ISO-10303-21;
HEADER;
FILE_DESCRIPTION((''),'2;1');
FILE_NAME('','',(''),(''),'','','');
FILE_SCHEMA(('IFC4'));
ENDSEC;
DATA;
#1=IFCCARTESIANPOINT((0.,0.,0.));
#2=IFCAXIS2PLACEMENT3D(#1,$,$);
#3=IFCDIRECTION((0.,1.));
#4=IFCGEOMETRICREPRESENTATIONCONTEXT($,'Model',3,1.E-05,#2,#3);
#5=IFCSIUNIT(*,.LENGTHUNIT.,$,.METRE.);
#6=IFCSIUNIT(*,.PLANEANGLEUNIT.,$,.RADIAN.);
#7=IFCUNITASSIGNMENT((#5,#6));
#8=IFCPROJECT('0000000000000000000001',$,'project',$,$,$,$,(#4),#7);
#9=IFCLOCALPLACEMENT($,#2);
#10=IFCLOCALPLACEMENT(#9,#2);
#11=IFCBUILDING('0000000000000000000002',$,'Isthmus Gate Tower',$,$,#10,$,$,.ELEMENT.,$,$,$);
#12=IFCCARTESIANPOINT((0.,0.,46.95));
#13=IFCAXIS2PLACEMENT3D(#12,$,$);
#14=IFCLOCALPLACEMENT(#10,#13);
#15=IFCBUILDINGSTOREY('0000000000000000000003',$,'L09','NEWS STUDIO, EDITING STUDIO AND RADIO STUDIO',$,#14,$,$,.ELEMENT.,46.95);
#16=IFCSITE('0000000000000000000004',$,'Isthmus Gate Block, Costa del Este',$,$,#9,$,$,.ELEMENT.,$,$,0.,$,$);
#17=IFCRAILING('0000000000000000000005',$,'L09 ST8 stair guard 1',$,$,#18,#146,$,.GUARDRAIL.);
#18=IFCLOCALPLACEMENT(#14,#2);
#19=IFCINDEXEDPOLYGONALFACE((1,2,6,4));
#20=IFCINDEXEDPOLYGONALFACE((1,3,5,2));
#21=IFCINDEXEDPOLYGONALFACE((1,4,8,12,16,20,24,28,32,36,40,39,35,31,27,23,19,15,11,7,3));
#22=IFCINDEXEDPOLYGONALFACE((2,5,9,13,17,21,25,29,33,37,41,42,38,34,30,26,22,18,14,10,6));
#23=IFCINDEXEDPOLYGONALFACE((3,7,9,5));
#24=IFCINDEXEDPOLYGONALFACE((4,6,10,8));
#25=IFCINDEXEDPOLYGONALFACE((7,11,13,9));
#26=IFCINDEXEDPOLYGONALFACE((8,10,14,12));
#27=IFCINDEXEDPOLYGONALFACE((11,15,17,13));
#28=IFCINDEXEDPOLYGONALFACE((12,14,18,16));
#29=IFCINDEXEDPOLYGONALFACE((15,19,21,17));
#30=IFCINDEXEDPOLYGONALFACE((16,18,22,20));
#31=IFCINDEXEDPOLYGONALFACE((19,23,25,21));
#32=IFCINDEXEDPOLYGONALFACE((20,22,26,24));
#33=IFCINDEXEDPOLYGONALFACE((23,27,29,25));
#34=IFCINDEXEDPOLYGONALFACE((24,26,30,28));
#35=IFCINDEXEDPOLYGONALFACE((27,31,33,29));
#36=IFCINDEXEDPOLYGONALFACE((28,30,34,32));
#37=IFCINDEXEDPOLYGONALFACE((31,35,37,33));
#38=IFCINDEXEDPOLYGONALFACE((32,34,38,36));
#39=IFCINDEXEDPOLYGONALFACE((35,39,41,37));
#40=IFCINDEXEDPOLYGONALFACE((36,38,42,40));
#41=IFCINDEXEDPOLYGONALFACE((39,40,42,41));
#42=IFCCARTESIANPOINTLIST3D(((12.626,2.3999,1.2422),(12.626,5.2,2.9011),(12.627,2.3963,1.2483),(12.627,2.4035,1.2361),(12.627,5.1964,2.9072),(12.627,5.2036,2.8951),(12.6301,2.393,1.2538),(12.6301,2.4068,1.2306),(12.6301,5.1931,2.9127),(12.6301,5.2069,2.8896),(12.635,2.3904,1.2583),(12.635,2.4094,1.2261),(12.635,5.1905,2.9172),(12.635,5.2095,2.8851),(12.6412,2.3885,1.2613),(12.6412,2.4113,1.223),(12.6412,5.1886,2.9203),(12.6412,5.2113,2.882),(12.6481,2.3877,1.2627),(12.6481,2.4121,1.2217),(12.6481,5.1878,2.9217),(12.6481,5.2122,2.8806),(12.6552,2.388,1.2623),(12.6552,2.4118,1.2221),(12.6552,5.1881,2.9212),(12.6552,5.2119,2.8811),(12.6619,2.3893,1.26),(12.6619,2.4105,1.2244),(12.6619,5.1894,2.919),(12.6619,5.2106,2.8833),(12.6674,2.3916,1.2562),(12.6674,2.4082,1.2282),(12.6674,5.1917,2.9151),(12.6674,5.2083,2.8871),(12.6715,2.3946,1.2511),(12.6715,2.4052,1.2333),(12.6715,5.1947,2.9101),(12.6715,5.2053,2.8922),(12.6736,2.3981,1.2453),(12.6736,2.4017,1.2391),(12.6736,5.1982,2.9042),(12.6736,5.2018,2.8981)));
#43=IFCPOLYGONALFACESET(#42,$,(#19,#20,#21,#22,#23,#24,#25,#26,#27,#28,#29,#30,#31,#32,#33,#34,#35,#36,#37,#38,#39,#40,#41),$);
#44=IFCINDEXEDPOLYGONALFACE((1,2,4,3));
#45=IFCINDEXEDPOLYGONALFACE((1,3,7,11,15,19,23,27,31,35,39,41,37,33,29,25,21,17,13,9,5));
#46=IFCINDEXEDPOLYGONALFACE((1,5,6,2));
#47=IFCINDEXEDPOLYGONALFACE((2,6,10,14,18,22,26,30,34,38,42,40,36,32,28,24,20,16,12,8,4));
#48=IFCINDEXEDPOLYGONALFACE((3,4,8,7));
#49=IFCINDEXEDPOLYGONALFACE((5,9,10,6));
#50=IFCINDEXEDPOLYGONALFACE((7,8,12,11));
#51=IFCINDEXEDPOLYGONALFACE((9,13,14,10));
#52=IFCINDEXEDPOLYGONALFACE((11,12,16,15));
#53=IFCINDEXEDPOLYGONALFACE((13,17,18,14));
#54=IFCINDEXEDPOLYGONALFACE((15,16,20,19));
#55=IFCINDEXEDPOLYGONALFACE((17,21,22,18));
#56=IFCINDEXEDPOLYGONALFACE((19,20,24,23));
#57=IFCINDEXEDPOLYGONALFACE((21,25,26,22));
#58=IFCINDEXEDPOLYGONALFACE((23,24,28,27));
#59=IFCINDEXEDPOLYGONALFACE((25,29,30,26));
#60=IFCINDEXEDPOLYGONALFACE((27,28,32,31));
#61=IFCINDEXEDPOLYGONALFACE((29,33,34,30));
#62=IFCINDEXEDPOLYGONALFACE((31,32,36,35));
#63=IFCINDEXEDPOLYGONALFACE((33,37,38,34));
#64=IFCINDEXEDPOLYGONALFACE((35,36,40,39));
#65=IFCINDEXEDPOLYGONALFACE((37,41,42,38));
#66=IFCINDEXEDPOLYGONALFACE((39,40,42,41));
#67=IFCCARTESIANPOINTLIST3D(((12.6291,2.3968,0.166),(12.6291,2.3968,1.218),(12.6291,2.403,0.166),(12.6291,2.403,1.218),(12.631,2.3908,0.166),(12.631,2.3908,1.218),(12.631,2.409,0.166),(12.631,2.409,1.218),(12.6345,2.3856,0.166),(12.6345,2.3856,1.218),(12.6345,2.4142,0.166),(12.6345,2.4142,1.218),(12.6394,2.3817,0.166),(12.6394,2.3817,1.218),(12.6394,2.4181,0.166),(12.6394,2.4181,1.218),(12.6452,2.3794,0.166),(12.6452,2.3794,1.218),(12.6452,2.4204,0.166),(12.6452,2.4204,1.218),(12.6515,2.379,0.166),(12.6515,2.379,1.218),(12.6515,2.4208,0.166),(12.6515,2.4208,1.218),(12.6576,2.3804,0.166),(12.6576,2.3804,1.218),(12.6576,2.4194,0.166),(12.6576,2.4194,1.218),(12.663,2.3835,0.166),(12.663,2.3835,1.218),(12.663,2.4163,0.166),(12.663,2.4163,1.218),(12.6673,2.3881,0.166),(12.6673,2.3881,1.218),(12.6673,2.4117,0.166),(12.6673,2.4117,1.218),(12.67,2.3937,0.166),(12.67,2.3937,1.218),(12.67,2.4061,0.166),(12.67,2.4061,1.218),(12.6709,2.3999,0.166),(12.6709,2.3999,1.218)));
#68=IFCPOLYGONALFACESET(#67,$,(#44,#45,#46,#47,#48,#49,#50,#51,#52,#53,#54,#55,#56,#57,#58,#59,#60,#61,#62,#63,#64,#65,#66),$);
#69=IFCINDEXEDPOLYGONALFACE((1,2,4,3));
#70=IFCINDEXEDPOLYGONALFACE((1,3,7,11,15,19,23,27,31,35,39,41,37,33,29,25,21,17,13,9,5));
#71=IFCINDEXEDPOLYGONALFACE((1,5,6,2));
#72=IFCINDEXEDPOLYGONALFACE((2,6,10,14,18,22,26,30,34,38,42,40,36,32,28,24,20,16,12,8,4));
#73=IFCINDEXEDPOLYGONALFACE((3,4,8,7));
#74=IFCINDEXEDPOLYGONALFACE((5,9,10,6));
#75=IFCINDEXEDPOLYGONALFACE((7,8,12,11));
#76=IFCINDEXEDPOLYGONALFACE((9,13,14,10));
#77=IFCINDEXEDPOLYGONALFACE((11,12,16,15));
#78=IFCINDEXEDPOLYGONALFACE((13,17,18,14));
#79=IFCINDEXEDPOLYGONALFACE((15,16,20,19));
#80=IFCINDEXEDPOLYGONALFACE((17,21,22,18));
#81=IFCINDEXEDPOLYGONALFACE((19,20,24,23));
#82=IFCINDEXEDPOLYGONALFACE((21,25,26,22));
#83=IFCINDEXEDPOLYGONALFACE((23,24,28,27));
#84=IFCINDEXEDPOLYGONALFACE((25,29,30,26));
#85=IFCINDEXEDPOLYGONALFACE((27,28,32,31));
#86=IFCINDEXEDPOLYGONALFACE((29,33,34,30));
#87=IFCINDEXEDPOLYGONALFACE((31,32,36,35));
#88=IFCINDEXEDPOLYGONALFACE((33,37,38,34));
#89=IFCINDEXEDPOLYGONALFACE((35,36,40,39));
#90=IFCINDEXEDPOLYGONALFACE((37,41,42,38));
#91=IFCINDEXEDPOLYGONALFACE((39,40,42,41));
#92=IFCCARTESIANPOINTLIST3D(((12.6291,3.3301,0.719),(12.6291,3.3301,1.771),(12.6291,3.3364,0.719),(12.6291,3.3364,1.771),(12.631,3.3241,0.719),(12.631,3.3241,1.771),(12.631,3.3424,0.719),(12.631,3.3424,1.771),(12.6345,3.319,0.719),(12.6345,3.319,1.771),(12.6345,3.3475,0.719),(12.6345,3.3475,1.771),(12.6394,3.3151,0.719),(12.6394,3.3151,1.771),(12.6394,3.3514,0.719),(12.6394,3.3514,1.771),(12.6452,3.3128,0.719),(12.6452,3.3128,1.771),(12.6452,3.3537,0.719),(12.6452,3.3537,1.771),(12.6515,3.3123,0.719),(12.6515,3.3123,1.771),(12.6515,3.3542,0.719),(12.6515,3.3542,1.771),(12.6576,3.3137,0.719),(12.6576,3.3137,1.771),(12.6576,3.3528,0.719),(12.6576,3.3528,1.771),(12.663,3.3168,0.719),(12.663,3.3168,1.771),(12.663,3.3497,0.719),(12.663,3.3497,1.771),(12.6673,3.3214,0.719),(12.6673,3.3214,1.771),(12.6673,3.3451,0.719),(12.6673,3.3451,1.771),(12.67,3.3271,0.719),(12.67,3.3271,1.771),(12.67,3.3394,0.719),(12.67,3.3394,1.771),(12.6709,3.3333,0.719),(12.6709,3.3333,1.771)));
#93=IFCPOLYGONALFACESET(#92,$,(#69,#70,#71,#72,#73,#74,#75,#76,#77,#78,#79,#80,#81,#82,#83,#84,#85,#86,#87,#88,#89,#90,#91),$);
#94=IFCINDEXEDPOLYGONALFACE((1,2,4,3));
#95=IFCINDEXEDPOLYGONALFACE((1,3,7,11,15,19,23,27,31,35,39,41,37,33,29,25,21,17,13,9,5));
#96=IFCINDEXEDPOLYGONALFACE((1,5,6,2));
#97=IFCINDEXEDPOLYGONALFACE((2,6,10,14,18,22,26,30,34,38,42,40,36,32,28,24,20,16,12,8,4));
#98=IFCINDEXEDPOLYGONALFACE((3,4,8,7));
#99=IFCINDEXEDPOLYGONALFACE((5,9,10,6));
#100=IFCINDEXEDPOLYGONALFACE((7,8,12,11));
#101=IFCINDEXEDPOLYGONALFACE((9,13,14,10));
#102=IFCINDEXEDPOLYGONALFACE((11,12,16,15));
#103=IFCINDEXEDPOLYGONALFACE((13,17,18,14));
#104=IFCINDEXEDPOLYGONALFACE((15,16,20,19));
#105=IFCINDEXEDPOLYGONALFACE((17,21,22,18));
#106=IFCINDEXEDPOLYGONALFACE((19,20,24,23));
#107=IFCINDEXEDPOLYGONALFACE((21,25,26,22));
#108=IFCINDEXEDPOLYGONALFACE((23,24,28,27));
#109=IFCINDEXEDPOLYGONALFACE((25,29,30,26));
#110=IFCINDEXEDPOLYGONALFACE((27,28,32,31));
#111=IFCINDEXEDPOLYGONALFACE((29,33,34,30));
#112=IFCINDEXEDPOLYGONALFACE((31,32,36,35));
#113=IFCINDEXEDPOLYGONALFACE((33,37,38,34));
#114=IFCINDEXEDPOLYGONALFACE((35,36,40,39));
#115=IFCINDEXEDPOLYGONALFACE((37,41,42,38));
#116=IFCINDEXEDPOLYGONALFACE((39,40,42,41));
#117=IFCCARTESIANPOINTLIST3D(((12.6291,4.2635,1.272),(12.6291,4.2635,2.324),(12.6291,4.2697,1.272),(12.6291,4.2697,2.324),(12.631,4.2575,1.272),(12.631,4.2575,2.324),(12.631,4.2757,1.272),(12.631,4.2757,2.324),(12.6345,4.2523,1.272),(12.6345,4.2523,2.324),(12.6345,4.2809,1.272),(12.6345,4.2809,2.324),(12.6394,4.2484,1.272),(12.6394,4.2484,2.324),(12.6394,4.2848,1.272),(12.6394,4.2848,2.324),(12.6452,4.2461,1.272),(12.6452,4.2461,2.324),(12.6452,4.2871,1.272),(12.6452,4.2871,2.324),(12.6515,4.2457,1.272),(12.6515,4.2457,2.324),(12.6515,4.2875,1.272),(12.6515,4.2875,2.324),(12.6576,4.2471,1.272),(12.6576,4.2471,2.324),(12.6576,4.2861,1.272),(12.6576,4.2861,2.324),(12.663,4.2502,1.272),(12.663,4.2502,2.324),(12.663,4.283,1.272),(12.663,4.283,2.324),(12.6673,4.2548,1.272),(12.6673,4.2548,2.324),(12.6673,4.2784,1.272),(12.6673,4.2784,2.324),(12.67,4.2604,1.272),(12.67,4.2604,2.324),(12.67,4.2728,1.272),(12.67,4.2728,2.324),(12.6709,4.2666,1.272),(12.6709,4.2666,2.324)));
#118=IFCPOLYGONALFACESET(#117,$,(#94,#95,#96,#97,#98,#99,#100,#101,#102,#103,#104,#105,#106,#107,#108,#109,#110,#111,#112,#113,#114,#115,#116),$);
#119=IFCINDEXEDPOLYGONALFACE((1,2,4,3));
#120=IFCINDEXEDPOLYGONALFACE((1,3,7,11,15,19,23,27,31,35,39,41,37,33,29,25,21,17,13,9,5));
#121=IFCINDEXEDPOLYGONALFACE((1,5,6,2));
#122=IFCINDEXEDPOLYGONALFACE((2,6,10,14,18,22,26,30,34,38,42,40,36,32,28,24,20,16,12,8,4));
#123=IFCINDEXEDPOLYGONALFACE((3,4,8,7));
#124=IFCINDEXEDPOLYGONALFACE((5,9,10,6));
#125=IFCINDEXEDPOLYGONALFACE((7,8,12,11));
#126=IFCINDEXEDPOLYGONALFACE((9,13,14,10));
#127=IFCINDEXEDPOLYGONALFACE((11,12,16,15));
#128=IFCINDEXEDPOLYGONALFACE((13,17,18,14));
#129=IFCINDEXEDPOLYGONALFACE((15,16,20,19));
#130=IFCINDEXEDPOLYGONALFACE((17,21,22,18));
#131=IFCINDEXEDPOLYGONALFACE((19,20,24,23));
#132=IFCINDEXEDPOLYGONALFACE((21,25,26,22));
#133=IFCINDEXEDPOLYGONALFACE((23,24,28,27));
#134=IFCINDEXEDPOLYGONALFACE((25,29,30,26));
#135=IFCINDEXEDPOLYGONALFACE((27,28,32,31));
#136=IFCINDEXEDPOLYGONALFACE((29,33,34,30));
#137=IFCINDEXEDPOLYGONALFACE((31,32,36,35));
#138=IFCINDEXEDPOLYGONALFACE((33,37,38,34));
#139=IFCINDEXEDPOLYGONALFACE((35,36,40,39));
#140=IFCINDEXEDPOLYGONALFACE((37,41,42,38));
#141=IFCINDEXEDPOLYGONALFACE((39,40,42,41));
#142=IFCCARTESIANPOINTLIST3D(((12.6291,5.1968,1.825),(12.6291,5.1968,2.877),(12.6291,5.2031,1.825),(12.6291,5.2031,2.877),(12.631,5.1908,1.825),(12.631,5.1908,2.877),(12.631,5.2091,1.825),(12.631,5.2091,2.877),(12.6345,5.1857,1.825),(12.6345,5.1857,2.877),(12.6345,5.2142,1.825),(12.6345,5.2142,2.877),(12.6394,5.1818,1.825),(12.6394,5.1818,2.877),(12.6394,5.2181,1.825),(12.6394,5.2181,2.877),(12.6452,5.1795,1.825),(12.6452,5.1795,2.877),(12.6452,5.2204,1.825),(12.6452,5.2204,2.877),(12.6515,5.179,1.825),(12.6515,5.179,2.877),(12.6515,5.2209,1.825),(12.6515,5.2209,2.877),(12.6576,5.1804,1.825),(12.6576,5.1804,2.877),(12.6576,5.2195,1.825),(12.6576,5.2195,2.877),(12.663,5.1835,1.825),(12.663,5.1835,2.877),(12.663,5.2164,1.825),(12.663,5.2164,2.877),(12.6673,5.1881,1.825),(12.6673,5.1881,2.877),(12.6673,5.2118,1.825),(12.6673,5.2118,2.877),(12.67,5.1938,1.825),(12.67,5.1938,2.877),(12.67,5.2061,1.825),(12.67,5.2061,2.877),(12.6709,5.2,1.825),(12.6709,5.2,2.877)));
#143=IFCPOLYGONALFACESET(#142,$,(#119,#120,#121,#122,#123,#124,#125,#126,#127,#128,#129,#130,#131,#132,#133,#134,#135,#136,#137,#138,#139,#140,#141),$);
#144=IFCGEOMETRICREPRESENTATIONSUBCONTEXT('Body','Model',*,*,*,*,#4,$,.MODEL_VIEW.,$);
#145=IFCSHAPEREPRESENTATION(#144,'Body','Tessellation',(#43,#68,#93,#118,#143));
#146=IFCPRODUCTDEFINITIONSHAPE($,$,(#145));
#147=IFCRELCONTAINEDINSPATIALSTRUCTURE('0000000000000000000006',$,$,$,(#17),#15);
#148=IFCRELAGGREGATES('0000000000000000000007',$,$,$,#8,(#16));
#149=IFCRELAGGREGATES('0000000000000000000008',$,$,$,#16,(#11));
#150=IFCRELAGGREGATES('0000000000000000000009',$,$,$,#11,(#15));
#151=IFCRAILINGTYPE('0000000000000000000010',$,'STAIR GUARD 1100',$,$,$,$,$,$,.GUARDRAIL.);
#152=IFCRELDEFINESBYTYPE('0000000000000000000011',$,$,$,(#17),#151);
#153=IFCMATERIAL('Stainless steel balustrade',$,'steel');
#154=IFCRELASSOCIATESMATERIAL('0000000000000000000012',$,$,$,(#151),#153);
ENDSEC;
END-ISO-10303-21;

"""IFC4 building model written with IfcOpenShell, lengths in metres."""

from ifc_helpers import new_model, si_unit, direction, frame, origin, origin_2d, place, context, subcontext, project, spatial, circle, extrude, material, type_object, element, save


model = new_model("IFC4")

# Units and contexts
model_context = context("Model", 3, precision=1e-05, world=origin(), true_north=direction((0.0, 1.0)))
body_context = subcontext(model_context, "Body", "Model", "MODEL_VIEW")
ifc_project = project(units=[si_unit("LENGTHUNIT", "METRE"), si_unit("PLANEANGLEUNIT", "RADIAN")], contexts=[model_context])

# Site, building, storey
site_placement = place(None, origin())
site = spatial("IfcSite", under=ifc_project, at=site_placement, Name="Isthmus Gate Block, Costa del Este", CompositionType="ELEMENT", RefElevation=0.0)
building_placement = place(site_placement, origin())
building = spatial("IfcBuilding", under=site, at=building_placement, Name="Isthmus Gate Tower", CompositionType="ELEMENT")
storey_placement = place(building_placement, frame((0.0, 0.0, 46.95)))
storey = spatial("IfcBuildingStorey", under=building, at=storey_placement, Name="L09", Description="NEWS STUDIO, EDITING STUDIO AND RADIO STUDIO", CompositionType="ELEMENT", Elevation=46.95)

# Railing
ifc_material_1 = material(Name="Stainless steel balustrade", Category="steel")
railing_type_1 = type_object("IfcRailingType", Name="STAIR GUARD 1100", PredefinedType="GUARDRAIL", material=ifc_material_1)
railing_1_placement = place(storey_placement, frame((12.6499, 2.3999, 0.166)))
element("IfcRailing", 1, at=railing_1_placement, inside=storey, type_object=railing_type_1, Name="L09 ST8 stair guard 1", PredefinedType="GUARDRAIL", context=body_context, shape_type="SweptSolid", body=[
    extrude(circle(Radius=0.0239, at=origin_2d()), frame((0.0, 0.0, 1.0762), z_axis=(0.0, 0.860339, 0.509722), x_axis=(-1.0, 0.0, 0.0)), (0.0, 0.0, 1.0), 3.2546),
    extrude(circle(Radius=0.021, at=origin_2d()), origin(), (0.0, 0.0, 1.0), 1.052),
    extrude(circle(Radius=0.021, at=origin_2d()), frame((0.0, 0.9333, 0.553)), (0.0, 0.0, 1.0), 1.052),
    extrude(circle(Radius=0.021, at=origin_2d()), frame((0.0, 1.8667, 1.106)), (0.0, 0.0, 1.0), 1.052),
    extrude(circle(Radius=0.021, at=origin_2d()), frame((0.0, 2.8, 1.6589)), (0.0, 0.0, 1.0), 1.052),
])

save(model, "model.ifc")
